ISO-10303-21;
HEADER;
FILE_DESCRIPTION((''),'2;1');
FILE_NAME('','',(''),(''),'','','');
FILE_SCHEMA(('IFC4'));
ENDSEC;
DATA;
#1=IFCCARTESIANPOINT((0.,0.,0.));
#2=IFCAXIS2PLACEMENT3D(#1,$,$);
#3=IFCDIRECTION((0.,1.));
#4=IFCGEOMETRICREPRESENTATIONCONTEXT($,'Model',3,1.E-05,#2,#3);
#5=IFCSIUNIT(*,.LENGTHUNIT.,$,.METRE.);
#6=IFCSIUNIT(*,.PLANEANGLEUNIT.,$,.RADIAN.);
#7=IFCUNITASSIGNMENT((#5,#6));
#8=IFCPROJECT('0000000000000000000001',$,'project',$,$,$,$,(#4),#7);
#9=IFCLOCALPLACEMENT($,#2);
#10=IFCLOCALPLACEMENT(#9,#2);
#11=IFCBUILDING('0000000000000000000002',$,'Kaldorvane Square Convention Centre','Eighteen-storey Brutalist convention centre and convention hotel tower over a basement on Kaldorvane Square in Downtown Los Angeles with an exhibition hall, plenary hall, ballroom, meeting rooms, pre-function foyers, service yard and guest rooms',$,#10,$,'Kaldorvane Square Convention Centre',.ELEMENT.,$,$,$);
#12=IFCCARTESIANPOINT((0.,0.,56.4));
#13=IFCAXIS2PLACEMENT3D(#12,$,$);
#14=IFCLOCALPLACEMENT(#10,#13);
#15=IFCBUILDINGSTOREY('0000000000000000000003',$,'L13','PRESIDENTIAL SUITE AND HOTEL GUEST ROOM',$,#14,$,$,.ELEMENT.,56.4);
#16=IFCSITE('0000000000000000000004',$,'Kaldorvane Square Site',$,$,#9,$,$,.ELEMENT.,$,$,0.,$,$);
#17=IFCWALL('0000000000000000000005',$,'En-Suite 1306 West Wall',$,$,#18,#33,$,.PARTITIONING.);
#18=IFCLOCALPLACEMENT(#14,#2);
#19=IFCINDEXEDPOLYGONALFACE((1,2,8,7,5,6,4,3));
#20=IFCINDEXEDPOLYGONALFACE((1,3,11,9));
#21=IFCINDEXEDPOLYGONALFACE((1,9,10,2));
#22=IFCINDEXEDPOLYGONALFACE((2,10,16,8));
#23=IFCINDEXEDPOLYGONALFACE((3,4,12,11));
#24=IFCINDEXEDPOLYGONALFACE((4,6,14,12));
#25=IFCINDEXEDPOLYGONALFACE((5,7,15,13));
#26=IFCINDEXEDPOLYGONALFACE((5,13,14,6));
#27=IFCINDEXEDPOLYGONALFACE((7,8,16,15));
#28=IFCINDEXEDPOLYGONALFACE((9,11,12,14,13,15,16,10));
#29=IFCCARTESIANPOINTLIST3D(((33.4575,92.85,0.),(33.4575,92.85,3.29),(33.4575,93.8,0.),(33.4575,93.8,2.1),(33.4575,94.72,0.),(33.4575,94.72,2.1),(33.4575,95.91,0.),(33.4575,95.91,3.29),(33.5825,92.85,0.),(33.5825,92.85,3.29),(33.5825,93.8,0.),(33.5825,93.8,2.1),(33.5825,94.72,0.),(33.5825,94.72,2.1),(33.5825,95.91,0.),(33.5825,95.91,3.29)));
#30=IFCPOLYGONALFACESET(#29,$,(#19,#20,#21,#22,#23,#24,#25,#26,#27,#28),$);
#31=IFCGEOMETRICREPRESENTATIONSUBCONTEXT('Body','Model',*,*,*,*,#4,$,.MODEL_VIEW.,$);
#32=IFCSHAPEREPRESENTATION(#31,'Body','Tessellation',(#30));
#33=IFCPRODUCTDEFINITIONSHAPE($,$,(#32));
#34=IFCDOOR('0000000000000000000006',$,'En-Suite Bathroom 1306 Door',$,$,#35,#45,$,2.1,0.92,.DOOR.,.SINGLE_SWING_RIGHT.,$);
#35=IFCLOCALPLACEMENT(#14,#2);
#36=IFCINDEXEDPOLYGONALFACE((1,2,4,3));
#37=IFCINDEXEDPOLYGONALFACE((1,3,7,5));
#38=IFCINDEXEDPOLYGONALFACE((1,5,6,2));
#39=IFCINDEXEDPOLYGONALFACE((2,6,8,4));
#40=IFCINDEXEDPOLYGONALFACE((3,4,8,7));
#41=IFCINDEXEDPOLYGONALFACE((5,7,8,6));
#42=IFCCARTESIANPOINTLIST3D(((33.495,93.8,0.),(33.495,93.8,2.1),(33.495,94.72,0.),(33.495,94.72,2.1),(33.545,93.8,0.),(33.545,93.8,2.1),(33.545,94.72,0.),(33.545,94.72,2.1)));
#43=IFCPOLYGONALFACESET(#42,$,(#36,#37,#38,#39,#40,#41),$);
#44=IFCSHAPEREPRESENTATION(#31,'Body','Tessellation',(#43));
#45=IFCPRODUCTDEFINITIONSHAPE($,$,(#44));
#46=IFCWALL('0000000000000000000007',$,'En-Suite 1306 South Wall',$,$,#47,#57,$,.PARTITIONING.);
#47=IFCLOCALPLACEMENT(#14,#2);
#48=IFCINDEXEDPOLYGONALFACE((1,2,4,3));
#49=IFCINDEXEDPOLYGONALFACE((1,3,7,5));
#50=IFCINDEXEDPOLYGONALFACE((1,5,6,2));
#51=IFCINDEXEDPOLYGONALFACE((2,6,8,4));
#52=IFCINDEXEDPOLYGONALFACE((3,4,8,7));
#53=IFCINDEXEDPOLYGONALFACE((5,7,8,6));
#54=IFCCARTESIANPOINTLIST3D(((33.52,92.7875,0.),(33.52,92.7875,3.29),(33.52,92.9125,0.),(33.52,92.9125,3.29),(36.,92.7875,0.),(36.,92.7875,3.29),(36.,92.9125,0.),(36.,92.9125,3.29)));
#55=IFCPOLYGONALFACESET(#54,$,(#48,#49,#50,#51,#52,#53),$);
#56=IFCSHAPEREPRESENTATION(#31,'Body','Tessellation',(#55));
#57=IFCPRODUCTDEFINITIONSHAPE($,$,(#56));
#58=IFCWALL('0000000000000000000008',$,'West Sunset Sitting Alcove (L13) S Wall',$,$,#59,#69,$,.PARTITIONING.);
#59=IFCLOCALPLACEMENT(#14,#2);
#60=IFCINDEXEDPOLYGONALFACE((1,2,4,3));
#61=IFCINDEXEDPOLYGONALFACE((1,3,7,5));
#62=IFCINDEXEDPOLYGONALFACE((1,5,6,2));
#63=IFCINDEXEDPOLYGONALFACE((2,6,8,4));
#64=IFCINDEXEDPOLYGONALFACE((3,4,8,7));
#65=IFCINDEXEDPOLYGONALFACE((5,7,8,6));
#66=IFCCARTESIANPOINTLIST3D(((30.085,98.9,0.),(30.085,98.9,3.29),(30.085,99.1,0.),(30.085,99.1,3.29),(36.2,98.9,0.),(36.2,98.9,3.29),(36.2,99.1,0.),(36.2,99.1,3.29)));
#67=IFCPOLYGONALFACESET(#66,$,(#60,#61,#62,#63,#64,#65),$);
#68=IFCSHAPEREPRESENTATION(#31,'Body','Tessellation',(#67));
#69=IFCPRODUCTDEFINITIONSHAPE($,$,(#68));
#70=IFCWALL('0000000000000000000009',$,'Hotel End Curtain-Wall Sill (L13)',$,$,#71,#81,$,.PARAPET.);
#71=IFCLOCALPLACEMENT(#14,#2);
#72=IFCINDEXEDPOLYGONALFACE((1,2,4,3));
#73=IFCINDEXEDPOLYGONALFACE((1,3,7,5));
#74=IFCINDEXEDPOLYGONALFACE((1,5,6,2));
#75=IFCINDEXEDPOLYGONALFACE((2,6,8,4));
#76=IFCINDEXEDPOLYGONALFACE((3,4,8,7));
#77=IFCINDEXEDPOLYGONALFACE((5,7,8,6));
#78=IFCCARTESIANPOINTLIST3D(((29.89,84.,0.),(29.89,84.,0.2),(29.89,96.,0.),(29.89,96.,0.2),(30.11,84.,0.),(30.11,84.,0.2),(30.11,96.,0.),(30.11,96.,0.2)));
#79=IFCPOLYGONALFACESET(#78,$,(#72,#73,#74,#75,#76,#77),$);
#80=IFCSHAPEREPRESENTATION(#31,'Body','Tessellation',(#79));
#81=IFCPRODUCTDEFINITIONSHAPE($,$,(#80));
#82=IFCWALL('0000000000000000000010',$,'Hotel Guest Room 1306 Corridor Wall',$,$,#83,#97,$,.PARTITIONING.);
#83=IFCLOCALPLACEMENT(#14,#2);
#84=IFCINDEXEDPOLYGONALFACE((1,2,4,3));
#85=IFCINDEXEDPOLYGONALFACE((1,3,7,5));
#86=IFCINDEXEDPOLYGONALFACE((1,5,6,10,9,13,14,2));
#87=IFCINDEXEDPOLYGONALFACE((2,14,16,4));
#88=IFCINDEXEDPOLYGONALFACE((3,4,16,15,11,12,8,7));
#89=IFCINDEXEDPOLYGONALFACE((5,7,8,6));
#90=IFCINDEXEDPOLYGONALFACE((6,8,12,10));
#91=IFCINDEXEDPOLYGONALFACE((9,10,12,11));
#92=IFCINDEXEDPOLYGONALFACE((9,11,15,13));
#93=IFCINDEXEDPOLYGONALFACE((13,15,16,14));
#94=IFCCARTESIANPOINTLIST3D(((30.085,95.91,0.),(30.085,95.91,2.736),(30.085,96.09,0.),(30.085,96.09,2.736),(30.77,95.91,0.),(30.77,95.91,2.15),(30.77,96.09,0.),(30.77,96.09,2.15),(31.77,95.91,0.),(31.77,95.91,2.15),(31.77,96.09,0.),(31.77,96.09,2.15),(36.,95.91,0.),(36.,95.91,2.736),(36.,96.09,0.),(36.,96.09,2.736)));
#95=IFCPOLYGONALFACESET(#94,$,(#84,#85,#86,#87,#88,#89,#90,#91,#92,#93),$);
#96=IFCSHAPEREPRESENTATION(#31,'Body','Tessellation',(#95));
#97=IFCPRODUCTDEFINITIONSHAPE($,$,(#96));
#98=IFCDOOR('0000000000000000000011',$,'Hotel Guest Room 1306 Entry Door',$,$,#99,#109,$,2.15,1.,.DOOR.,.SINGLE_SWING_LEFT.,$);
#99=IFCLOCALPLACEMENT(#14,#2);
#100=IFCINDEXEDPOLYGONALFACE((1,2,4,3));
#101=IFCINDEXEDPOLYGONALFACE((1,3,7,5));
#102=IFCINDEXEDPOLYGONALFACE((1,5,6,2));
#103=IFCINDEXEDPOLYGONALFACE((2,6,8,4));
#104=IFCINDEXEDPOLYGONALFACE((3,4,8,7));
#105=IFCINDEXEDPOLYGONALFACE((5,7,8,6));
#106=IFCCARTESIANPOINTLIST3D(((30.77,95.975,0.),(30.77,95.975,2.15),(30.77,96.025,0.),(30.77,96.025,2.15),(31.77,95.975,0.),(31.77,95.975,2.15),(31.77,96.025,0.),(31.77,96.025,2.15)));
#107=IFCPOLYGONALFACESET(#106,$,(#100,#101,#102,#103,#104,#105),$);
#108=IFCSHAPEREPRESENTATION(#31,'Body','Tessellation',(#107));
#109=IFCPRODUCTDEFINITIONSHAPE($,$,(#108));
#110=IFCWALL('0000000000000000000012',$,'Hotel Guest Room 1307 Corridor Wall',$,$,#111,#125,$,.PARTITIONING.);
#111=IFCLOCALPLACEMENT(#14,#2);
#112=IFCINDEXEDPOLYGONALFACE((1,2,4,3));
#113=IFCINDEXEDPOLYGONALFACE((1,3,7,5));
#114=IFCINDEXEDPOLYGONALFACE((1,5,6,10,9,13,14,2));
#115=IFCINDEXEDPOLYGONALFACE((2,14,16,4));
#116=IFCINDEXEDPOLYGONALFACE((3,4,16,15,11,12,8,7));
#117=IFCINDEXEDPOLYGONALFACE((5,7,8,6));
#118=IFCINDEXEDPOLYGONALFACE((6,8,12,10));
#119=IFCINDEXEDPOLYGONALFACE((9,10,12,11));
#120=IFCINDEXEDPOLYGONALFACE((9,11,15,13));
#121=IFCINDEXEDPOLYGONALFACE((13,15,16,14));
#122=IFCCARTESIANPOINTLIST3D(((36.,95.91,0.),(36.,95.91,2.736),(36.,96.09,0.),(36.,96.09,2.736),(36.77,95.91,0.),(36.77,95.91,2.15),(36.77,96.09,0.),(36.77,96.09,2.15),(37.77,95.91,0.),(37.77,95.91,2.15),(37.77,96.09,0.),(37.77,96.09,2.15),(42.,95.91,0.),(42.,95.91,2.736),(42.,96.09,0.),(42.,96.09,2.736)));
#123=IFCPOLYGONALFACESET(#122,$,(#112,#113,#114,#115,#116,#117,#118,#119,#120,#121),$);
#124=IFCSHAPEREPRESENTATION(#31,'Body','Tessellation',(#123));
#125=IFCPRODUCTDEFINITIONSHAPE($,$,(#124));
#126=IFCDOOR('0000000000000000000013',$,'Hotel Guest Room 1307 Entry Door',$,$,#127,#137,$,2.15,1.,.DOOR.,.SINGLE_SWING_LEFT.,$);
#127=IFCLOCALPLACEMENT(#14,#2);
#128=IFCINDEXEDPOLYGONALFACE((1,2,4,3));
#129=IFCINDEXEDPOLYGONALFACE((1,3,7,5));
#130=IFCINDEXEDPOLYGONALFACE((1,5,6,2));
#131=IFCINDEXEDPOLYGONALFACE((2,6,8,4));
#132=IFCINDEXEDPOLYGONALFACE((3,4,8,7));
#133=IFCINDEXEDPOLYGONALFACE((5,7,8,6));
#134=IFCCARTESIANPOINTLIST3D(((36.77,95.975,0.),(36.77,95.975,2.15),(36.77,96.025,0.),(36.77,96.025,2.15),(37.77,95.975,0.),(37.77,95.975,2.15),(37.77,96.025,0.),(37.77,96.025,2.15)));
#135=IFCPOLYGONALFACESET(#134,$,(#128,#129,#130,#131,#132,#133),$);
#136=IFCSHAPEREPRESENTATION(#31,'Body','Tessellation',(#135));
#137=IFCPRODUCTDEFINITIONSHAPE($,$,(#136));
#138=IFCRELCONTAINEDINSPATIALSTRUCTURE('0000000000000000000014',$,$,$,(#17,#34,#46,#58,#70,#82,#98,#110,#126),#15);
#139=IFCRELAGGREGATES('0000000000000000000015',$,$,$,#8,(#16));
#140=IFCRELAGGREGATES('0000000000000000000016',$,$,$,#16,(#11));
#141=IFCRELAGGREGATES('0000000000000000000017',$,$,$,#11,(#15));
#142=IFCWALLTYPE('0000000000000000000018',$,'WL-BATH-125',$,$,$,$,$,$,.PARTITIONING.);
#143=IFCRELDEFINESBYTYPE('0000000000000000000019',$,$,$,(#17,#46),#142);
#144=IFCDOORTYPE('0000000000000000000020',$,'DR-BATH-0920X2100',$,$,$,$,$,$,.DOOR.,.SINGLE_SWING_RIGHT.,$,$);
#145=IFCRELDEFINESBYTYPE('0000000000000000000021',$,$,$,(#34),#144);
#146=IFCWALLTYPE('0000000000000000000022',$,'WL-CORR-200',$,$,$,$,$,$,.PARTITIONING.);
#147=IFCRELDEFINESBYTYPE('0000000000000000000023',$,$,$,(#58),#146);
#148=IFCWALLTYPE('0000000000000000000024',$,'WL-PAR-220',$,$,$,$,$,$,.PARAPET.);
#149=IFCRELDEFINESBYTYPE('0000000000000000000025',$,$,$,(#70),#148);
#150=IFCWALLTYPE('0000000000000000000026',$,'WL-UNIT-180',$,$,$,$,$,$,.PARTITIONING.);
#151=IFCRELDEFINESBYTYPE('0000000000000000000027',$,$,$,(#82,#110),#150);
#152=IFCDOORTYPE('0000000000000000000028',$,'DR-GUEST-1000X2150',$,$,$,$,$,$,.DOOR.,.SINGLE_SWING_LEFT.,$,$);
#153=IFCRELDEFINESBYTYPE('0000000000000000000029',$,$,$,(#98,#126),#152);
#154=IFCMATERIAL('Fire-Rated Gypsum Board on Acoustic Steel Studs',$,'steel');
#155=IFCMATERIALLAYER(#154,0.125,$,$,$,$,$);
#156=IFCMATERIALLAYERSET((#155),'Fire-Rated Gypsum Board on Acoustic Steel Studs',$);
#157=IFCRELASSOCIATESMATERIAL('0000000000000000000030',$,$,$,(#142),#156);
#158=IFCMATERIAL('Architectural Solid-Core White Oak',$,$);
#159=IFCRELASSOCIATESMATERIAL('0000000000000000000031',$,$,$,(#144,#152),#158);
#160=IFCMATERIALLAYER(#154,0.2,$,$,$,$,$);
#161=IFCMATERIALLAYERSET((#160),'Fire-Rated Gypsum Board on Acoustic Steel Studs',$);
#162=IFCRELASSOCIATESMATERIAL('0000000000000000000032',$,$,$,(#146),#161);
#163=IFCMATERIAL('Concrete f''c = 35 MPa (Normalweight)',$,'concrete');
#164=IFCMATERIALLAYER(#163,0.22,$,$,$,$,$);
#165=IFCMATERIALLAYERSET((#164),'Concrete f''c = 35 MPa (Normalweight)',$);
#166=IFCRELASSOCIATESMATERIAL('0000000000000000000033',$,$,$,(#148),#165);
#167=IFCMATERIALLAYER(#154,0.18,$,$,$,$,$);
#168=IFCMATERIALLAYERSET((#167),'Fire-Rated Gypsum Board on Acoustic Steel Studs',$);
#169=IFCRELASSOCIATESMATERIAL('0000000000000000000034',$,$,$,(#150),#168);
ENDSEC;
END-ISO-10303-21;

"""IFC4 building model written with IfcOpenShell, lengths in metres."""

from ifc_helpers import new_model, si_unit, direction, frame, frame_2d, origin, place, context, subcontext, project, spatial, rectangle, extrude, material, layer, layer_set, type_object, element, fill, save


model = new_model("IFC4")

# Units and contexts
model_context = context("Model", 3, precision=1e-05, world=origin(), true_north=direction((0.0, 1.0)))
body_context = subcontext(model_context, "Body", "Model", "MODEL_VIEW")
ifc_project = project(units=[si_unit("LENGTHUNIT", "METRE"), si_unit("PLANEANGLEUNIT", "RADIAN")], contexts=[model_context])

# Site, building, storey
site_placement = place(None, origin())
site = spatial("IfcSite", under=ifc_project, at=site_placement, Name="Kaldorvane Square Site", CompositionType="ELEMENT", RefElevation=0.0)
building_placement = place(site_placement, origin())
building = spatial("IfcBuilding", under=site, at=building_placement, Name="Kaldorvane Square Convention Centre", Description="Eighteen-storey Brutalist convention centre and convention hotel tower over a basement on Kaldorvane Square in Downtown Los Angeles with an exhibition hall, plenary hall, ballroom, meeting rooms, pre-function foyers, service yard and guest rooms", LongName="Kaldorvane Square Convention Centre", CompositionType="ELEMENT")
storey_placement = place(building_placement, frame((0.0, 0.0, 56.4)))
storey = spatial("IfcBuildingStorey", under=building, at=storey_placement, Name="L13", Description="PRESIDENTIAL SUITE AND HOTEL GUEST ROOM", CompositionType="ELEMENT", Elevation=56.4)

# Wall, opening, door
ifc_material_1 = material(Name="Fire-Rated Gypsum Board on Acoustic Steel Studs", Category="steel")
ifc_layer_1 = layer(ifc_material_1, 0.125)
ifc_layer_set_1 = layer_set([ifc_layer_1], Name="Fire-Rated Gypsum Board on Acoustic Steel Studs")
wall_type_1 = type_object("IfcWallType", Name="WL-BATH-125", PredefinedType="PARTITIONING", material=ifc_layer_set_1)
wall_1_placement = place(storey_placement, frame((33.52, 92.85, 0.0), z_axis=(0.0, 0.0, 1.0), x_axis=(0.0, 1.0, 0.0)))
wall_1 = element("IfcWall", 1, at=wall_1_placement, inside=storey, type_object=wall_type_1, Name="En-Suite 1306 West Wall", PredefinedType="PARTITIONING", context=body_context, shape_type="SweptSolid", body=[
    extrude(rectangle(XDim=3.06, YDim=0.125, at=frame_2d((1.53, 0.0))), origin(), (0.0, 0.0, 1.0), 3.29),
])
opening_1_placement = place(wall_1_placement, frame((0.95, 0.0, 0.0)))
opening_1 = element("IfcOpeningElement", 2, at=opening_1_placement, cuts=wall_1, PredefinedType="OPENING", context=body_context, shape_type="SweptSolid", body=[
    extrude(rectangle(XDim=0.92, YDim=2.1, at=frame_2d((0.46, 1.05))), frame((0.0, 0.0775, 0.0), z_axis=(0.0, -1.0, 0.0), x_axis=(1.0, 0.0, 0.0)), (0.0, 0.0, 1.0), 0.155),
])
ifc_material_2 = material(Name="Architectural Solid-Core White Oak")
door_type_1 = type_object("IfcDoorType", Name="DR-BATH-0920X2100", OperationType="SINGLE_SWING_RIGHT", PredefinedType="DOOR", material=ifc_material_2)
door_1_placement = place(opening_1_placement, origin())
door_1 = element("IfcDoor", 3, at=door_1_placement, inside=storey, type_object=door_type_1, Name="En-Suite Bathroom 1306 Door", OperationType="SINGLE_SWING_RIGHT", OverallHeight=2.1, OverallWidth=0.92, PredefinedType="DOOR", context=body_context, shape_type="SweptSolid", body=[
    extrude(rectangle(XDim=0.92, YDim=2.1, at=frame_2d((0.46, 1.05))), frame((0.0, 0.025, 0.0), z_axis=(0.0, -1.0, 0.0), x_axis=(1.0, 0.0, 0.0)), (0.0, 0.0, 1.0), 0.05),
])
fill(opening_1, door_1)

# Walls
wall_2_placement = place(storey_placement, frame((33.52, 92.85, 0.0), z_axis=(0.0, 0.0, 1.0), x_axis=(1.0, 0.0, 0.0)))
element("IfcWall", 4, at=wall_2_placement, inside=storey, type_object=wall_type_1, Name="En-Suite 1306 South Wall", PredefinedType="PARTITIONING", context=body_context, shape_type="SweptSolid", body=[
    extrude(rectangle(XDim=2.48, YDim=0.125, at=frame_2d((1.24, 0.0))), origin(), (0.0, 0.0, 1.0), 3.29),
])
ifc_layer_2 = layer(ifc_material_1, 0.2)
ifc_layer_set_2 = layer_set([ifc_layer_2], Name="Fire-Rated Gypsum Board on Acoustic Steel Studs")
wall_type_2 = type_object("IfcWallType", Name="WL-CORR-200", PredefinedType="PARTITIONING", material=ifc_layer_set_2)
wall_3_placement = place(storey_placement, frame((30.085, 99.0, 0.0), z_axis=(0.0, 0.0, 1.0), x_axis=(1.0, 0.0, 0.0)))
element("IfcWall", 5, at=wall_3_placement, inside=storey, type_object=wall_type_2, Name="West Sunset Sitting Alcove (L13) S Wall", PredefinedType="PARTITIONING", context=body_context, shape_type="SweptSolid", body=[
    extrude(rectangle(XDim=6.115, YDim=0.2, at=frame_2d((3.0575, 0.0))), origin(), (0.0, 0.0, 1.0), 3.29),
])
ifc_material_3 = material(Name="Concrete f'c = 35 MPa (Normalweight)", Category="concrete")
ifc_layer_3 = layer(ifc_material_3, 0.22)
ifc_layer_set_3 = layer_set([ifc_layer_3], Name="Concrete f'c = 35 MPa (Normalweight)")
wall_type_3 = type_object("IfcWallType", Name="WL-PAR-220", PredefinedType="PARAPET", material=ifc_layer_set_3)
wall_4_placement = place(storey_placement, frame((30.0, 96.0, 0.0), z_axis=(0.0, 0.0, 1.0), x_axis=(0.0, -1.0, 0.0)))
element("IfcWall", 6, at=wall_4_placement, inside=storey, type_object=wall_type_3, Name="Hotel End Curtain-Wall Sill (L13)", PredefinedType="PARAPET", context=body_context, shape_type="SweptSolid", body=[
    extrude(rectangle(XDim=12.0, YDim=0.22, at=frame_2d((6.0, 0.0))), origin(), (0.0, 0.0, 1.0), 0.2),
])

# Walls, openings, doors
ifc_layer_4 = layer(ifc_material_1, 0.18)
ifc_layer_set_4 = layer_set([ifc_layer_4], Name="Fire-Rated Gypsum Board on Acoustic Steel Studs")
wall_type_4 = type_object("IfcWallType", Name="WL-UNIT-180", PredefinedType="PARTITIONING", material=ifc_layer_set_4)
wall_5_placement = place(storey_placement, frame((30.085, 96.0, 0.0), z_axis=(0.0, 0.0, 1.0), x_axis=(1.0, 0.0, 0.0)))
wall_5 = element("IfcWall", 7, at=wall_5_placement, inside=storey, type_object=wall_type_4, Name="Hotel Guest Room 1306 Corridor Wall", PredefinedType="PARTITIONING", context=body_context, shape_type="SweptSolid", body=[
    extrude(rectangle(XDim=5.915, YDim=0.18, at=frame_2d((2.9575, 0.0))), origin(), (0.0, 0.0, 1.0), 2.736),
])
opening_2_placement = place(wall_5_placement, frame((0.685, 0.0, 0.0)))
opening_2 = element("IfcOpeningElement", 8, at=opening_2_placement, cuts=wall_5, PredefinedType="OPENING", context=body_context, shape_type="SweptSolid", body=[
    extrude(rectangle(XDim=1.0, YDim=2.15, at=frame_2d((0.5, 1.075))), frame((0.0, 0.105, 0.0), z_axis=(0.0, -1.0, 0.0), x_axis=(1.0, 0.0, 0.0)), (0.0, 0.0, 1.0), 0.21),
])
door_type_2 = type_object("IfcDoorType", Name="DR-GUEST-1000X2150", OperationType="SINGLE_SWING_LEFT", PredefinedType="DOOR", material=ifc_material_2)
door_2_placement = place(opening_2_placement, origin())
door_2 = element("IfcDoor", 9, at=door_2_placement, inside=storey, type_object=door_type_2, Name="Hotel Guest Room 1306 Entry Door", OperationType="SINGLE_SWING_LEFT", OverallHeight=2.15, OverallWidth=1.0, PredefinedType="DOOR", context=body_context, shape_type="SweptSolid", body=[
    extrude(rectangle(XDim=1.0, YDim=2.15, at=frame_2d((0.5, 1.075))), frame((0.0, 0.025, 0.0), z_axis=(0.0, -1.0, 0.0), x_axis=(1.0, 0.0, 0.0)), (0.0, 0.0, 1.0), 0.05),
])
fill(opening_2, door_2)
wall_6_placement = place(storey_placement, frame((36.0, 96.0, 0.0), z_axis=(0.0, 0.0, 1.0), x_axis=(1.0, 0.0, 0.0)))
wall_6 = element("IfcWall", 10, at=wall_6_placement, inside=storey, type_object=wall_type_4, Name="Hotel Guest Room 1307 Corridor Wall", PredefinedType="PARTITIONING", context=body_context, shape_type="SweptSolid", body=[
    extrude(rectangle(XDim=6.0, YDim=0.18, at=frame_2d((3.0, 0.0))), origin(), (0.0, 0.0, 1.0), 2.736),
])
opening_3_placement = place(wall_6_placement, frame((0.77, 0.0, 0.0)))
opening_3 = element("IfcOpeningElement", 11, at=opening_3_placement, cuts=wall_6, PredefinedType="OPENING", context=body_context, shape_type="SweptSolid", body=[
    extrude(rectangle(XDim=1.0, YDim=2.15, at=frame_2d((0.5, 1.075))), frame((0.0, 0.105, 0.0), z_axis=(0.0, -1.0, 0.0), x_axis=(1.0, 0.0, 0.0)), (0.0, 0.0, 1.0), 0.21),
])
door_3_placement = place(opening_3_placement, origin())
door_3 = element("IfcDoor", 12, at=door_3_placement, inside=storey, type_object=door_type_2, Name="Hotel Guest Room 1307 Entry Door", OperationType="SINGLE_SWING_LEFT", OverallHeight=2.15, OverallWidth=1.0, PredefinedType="DOOR", context=body_context, shape_type="SweptSolid", body=[
    extrude(rectangle(XDim=1.0, YDim=2.15, at=frame_2d((0.5, 1.075))), frame((0.0, 0.025, 0.0), z_axis=(0.0, -1.0, 0.0), x_axis=(1.0, 0.0, 0.0)), (0.0, 0.0, 1.0), 0.05),
])
fill(opening_3, door_3)

save(model, "model.ifc")
